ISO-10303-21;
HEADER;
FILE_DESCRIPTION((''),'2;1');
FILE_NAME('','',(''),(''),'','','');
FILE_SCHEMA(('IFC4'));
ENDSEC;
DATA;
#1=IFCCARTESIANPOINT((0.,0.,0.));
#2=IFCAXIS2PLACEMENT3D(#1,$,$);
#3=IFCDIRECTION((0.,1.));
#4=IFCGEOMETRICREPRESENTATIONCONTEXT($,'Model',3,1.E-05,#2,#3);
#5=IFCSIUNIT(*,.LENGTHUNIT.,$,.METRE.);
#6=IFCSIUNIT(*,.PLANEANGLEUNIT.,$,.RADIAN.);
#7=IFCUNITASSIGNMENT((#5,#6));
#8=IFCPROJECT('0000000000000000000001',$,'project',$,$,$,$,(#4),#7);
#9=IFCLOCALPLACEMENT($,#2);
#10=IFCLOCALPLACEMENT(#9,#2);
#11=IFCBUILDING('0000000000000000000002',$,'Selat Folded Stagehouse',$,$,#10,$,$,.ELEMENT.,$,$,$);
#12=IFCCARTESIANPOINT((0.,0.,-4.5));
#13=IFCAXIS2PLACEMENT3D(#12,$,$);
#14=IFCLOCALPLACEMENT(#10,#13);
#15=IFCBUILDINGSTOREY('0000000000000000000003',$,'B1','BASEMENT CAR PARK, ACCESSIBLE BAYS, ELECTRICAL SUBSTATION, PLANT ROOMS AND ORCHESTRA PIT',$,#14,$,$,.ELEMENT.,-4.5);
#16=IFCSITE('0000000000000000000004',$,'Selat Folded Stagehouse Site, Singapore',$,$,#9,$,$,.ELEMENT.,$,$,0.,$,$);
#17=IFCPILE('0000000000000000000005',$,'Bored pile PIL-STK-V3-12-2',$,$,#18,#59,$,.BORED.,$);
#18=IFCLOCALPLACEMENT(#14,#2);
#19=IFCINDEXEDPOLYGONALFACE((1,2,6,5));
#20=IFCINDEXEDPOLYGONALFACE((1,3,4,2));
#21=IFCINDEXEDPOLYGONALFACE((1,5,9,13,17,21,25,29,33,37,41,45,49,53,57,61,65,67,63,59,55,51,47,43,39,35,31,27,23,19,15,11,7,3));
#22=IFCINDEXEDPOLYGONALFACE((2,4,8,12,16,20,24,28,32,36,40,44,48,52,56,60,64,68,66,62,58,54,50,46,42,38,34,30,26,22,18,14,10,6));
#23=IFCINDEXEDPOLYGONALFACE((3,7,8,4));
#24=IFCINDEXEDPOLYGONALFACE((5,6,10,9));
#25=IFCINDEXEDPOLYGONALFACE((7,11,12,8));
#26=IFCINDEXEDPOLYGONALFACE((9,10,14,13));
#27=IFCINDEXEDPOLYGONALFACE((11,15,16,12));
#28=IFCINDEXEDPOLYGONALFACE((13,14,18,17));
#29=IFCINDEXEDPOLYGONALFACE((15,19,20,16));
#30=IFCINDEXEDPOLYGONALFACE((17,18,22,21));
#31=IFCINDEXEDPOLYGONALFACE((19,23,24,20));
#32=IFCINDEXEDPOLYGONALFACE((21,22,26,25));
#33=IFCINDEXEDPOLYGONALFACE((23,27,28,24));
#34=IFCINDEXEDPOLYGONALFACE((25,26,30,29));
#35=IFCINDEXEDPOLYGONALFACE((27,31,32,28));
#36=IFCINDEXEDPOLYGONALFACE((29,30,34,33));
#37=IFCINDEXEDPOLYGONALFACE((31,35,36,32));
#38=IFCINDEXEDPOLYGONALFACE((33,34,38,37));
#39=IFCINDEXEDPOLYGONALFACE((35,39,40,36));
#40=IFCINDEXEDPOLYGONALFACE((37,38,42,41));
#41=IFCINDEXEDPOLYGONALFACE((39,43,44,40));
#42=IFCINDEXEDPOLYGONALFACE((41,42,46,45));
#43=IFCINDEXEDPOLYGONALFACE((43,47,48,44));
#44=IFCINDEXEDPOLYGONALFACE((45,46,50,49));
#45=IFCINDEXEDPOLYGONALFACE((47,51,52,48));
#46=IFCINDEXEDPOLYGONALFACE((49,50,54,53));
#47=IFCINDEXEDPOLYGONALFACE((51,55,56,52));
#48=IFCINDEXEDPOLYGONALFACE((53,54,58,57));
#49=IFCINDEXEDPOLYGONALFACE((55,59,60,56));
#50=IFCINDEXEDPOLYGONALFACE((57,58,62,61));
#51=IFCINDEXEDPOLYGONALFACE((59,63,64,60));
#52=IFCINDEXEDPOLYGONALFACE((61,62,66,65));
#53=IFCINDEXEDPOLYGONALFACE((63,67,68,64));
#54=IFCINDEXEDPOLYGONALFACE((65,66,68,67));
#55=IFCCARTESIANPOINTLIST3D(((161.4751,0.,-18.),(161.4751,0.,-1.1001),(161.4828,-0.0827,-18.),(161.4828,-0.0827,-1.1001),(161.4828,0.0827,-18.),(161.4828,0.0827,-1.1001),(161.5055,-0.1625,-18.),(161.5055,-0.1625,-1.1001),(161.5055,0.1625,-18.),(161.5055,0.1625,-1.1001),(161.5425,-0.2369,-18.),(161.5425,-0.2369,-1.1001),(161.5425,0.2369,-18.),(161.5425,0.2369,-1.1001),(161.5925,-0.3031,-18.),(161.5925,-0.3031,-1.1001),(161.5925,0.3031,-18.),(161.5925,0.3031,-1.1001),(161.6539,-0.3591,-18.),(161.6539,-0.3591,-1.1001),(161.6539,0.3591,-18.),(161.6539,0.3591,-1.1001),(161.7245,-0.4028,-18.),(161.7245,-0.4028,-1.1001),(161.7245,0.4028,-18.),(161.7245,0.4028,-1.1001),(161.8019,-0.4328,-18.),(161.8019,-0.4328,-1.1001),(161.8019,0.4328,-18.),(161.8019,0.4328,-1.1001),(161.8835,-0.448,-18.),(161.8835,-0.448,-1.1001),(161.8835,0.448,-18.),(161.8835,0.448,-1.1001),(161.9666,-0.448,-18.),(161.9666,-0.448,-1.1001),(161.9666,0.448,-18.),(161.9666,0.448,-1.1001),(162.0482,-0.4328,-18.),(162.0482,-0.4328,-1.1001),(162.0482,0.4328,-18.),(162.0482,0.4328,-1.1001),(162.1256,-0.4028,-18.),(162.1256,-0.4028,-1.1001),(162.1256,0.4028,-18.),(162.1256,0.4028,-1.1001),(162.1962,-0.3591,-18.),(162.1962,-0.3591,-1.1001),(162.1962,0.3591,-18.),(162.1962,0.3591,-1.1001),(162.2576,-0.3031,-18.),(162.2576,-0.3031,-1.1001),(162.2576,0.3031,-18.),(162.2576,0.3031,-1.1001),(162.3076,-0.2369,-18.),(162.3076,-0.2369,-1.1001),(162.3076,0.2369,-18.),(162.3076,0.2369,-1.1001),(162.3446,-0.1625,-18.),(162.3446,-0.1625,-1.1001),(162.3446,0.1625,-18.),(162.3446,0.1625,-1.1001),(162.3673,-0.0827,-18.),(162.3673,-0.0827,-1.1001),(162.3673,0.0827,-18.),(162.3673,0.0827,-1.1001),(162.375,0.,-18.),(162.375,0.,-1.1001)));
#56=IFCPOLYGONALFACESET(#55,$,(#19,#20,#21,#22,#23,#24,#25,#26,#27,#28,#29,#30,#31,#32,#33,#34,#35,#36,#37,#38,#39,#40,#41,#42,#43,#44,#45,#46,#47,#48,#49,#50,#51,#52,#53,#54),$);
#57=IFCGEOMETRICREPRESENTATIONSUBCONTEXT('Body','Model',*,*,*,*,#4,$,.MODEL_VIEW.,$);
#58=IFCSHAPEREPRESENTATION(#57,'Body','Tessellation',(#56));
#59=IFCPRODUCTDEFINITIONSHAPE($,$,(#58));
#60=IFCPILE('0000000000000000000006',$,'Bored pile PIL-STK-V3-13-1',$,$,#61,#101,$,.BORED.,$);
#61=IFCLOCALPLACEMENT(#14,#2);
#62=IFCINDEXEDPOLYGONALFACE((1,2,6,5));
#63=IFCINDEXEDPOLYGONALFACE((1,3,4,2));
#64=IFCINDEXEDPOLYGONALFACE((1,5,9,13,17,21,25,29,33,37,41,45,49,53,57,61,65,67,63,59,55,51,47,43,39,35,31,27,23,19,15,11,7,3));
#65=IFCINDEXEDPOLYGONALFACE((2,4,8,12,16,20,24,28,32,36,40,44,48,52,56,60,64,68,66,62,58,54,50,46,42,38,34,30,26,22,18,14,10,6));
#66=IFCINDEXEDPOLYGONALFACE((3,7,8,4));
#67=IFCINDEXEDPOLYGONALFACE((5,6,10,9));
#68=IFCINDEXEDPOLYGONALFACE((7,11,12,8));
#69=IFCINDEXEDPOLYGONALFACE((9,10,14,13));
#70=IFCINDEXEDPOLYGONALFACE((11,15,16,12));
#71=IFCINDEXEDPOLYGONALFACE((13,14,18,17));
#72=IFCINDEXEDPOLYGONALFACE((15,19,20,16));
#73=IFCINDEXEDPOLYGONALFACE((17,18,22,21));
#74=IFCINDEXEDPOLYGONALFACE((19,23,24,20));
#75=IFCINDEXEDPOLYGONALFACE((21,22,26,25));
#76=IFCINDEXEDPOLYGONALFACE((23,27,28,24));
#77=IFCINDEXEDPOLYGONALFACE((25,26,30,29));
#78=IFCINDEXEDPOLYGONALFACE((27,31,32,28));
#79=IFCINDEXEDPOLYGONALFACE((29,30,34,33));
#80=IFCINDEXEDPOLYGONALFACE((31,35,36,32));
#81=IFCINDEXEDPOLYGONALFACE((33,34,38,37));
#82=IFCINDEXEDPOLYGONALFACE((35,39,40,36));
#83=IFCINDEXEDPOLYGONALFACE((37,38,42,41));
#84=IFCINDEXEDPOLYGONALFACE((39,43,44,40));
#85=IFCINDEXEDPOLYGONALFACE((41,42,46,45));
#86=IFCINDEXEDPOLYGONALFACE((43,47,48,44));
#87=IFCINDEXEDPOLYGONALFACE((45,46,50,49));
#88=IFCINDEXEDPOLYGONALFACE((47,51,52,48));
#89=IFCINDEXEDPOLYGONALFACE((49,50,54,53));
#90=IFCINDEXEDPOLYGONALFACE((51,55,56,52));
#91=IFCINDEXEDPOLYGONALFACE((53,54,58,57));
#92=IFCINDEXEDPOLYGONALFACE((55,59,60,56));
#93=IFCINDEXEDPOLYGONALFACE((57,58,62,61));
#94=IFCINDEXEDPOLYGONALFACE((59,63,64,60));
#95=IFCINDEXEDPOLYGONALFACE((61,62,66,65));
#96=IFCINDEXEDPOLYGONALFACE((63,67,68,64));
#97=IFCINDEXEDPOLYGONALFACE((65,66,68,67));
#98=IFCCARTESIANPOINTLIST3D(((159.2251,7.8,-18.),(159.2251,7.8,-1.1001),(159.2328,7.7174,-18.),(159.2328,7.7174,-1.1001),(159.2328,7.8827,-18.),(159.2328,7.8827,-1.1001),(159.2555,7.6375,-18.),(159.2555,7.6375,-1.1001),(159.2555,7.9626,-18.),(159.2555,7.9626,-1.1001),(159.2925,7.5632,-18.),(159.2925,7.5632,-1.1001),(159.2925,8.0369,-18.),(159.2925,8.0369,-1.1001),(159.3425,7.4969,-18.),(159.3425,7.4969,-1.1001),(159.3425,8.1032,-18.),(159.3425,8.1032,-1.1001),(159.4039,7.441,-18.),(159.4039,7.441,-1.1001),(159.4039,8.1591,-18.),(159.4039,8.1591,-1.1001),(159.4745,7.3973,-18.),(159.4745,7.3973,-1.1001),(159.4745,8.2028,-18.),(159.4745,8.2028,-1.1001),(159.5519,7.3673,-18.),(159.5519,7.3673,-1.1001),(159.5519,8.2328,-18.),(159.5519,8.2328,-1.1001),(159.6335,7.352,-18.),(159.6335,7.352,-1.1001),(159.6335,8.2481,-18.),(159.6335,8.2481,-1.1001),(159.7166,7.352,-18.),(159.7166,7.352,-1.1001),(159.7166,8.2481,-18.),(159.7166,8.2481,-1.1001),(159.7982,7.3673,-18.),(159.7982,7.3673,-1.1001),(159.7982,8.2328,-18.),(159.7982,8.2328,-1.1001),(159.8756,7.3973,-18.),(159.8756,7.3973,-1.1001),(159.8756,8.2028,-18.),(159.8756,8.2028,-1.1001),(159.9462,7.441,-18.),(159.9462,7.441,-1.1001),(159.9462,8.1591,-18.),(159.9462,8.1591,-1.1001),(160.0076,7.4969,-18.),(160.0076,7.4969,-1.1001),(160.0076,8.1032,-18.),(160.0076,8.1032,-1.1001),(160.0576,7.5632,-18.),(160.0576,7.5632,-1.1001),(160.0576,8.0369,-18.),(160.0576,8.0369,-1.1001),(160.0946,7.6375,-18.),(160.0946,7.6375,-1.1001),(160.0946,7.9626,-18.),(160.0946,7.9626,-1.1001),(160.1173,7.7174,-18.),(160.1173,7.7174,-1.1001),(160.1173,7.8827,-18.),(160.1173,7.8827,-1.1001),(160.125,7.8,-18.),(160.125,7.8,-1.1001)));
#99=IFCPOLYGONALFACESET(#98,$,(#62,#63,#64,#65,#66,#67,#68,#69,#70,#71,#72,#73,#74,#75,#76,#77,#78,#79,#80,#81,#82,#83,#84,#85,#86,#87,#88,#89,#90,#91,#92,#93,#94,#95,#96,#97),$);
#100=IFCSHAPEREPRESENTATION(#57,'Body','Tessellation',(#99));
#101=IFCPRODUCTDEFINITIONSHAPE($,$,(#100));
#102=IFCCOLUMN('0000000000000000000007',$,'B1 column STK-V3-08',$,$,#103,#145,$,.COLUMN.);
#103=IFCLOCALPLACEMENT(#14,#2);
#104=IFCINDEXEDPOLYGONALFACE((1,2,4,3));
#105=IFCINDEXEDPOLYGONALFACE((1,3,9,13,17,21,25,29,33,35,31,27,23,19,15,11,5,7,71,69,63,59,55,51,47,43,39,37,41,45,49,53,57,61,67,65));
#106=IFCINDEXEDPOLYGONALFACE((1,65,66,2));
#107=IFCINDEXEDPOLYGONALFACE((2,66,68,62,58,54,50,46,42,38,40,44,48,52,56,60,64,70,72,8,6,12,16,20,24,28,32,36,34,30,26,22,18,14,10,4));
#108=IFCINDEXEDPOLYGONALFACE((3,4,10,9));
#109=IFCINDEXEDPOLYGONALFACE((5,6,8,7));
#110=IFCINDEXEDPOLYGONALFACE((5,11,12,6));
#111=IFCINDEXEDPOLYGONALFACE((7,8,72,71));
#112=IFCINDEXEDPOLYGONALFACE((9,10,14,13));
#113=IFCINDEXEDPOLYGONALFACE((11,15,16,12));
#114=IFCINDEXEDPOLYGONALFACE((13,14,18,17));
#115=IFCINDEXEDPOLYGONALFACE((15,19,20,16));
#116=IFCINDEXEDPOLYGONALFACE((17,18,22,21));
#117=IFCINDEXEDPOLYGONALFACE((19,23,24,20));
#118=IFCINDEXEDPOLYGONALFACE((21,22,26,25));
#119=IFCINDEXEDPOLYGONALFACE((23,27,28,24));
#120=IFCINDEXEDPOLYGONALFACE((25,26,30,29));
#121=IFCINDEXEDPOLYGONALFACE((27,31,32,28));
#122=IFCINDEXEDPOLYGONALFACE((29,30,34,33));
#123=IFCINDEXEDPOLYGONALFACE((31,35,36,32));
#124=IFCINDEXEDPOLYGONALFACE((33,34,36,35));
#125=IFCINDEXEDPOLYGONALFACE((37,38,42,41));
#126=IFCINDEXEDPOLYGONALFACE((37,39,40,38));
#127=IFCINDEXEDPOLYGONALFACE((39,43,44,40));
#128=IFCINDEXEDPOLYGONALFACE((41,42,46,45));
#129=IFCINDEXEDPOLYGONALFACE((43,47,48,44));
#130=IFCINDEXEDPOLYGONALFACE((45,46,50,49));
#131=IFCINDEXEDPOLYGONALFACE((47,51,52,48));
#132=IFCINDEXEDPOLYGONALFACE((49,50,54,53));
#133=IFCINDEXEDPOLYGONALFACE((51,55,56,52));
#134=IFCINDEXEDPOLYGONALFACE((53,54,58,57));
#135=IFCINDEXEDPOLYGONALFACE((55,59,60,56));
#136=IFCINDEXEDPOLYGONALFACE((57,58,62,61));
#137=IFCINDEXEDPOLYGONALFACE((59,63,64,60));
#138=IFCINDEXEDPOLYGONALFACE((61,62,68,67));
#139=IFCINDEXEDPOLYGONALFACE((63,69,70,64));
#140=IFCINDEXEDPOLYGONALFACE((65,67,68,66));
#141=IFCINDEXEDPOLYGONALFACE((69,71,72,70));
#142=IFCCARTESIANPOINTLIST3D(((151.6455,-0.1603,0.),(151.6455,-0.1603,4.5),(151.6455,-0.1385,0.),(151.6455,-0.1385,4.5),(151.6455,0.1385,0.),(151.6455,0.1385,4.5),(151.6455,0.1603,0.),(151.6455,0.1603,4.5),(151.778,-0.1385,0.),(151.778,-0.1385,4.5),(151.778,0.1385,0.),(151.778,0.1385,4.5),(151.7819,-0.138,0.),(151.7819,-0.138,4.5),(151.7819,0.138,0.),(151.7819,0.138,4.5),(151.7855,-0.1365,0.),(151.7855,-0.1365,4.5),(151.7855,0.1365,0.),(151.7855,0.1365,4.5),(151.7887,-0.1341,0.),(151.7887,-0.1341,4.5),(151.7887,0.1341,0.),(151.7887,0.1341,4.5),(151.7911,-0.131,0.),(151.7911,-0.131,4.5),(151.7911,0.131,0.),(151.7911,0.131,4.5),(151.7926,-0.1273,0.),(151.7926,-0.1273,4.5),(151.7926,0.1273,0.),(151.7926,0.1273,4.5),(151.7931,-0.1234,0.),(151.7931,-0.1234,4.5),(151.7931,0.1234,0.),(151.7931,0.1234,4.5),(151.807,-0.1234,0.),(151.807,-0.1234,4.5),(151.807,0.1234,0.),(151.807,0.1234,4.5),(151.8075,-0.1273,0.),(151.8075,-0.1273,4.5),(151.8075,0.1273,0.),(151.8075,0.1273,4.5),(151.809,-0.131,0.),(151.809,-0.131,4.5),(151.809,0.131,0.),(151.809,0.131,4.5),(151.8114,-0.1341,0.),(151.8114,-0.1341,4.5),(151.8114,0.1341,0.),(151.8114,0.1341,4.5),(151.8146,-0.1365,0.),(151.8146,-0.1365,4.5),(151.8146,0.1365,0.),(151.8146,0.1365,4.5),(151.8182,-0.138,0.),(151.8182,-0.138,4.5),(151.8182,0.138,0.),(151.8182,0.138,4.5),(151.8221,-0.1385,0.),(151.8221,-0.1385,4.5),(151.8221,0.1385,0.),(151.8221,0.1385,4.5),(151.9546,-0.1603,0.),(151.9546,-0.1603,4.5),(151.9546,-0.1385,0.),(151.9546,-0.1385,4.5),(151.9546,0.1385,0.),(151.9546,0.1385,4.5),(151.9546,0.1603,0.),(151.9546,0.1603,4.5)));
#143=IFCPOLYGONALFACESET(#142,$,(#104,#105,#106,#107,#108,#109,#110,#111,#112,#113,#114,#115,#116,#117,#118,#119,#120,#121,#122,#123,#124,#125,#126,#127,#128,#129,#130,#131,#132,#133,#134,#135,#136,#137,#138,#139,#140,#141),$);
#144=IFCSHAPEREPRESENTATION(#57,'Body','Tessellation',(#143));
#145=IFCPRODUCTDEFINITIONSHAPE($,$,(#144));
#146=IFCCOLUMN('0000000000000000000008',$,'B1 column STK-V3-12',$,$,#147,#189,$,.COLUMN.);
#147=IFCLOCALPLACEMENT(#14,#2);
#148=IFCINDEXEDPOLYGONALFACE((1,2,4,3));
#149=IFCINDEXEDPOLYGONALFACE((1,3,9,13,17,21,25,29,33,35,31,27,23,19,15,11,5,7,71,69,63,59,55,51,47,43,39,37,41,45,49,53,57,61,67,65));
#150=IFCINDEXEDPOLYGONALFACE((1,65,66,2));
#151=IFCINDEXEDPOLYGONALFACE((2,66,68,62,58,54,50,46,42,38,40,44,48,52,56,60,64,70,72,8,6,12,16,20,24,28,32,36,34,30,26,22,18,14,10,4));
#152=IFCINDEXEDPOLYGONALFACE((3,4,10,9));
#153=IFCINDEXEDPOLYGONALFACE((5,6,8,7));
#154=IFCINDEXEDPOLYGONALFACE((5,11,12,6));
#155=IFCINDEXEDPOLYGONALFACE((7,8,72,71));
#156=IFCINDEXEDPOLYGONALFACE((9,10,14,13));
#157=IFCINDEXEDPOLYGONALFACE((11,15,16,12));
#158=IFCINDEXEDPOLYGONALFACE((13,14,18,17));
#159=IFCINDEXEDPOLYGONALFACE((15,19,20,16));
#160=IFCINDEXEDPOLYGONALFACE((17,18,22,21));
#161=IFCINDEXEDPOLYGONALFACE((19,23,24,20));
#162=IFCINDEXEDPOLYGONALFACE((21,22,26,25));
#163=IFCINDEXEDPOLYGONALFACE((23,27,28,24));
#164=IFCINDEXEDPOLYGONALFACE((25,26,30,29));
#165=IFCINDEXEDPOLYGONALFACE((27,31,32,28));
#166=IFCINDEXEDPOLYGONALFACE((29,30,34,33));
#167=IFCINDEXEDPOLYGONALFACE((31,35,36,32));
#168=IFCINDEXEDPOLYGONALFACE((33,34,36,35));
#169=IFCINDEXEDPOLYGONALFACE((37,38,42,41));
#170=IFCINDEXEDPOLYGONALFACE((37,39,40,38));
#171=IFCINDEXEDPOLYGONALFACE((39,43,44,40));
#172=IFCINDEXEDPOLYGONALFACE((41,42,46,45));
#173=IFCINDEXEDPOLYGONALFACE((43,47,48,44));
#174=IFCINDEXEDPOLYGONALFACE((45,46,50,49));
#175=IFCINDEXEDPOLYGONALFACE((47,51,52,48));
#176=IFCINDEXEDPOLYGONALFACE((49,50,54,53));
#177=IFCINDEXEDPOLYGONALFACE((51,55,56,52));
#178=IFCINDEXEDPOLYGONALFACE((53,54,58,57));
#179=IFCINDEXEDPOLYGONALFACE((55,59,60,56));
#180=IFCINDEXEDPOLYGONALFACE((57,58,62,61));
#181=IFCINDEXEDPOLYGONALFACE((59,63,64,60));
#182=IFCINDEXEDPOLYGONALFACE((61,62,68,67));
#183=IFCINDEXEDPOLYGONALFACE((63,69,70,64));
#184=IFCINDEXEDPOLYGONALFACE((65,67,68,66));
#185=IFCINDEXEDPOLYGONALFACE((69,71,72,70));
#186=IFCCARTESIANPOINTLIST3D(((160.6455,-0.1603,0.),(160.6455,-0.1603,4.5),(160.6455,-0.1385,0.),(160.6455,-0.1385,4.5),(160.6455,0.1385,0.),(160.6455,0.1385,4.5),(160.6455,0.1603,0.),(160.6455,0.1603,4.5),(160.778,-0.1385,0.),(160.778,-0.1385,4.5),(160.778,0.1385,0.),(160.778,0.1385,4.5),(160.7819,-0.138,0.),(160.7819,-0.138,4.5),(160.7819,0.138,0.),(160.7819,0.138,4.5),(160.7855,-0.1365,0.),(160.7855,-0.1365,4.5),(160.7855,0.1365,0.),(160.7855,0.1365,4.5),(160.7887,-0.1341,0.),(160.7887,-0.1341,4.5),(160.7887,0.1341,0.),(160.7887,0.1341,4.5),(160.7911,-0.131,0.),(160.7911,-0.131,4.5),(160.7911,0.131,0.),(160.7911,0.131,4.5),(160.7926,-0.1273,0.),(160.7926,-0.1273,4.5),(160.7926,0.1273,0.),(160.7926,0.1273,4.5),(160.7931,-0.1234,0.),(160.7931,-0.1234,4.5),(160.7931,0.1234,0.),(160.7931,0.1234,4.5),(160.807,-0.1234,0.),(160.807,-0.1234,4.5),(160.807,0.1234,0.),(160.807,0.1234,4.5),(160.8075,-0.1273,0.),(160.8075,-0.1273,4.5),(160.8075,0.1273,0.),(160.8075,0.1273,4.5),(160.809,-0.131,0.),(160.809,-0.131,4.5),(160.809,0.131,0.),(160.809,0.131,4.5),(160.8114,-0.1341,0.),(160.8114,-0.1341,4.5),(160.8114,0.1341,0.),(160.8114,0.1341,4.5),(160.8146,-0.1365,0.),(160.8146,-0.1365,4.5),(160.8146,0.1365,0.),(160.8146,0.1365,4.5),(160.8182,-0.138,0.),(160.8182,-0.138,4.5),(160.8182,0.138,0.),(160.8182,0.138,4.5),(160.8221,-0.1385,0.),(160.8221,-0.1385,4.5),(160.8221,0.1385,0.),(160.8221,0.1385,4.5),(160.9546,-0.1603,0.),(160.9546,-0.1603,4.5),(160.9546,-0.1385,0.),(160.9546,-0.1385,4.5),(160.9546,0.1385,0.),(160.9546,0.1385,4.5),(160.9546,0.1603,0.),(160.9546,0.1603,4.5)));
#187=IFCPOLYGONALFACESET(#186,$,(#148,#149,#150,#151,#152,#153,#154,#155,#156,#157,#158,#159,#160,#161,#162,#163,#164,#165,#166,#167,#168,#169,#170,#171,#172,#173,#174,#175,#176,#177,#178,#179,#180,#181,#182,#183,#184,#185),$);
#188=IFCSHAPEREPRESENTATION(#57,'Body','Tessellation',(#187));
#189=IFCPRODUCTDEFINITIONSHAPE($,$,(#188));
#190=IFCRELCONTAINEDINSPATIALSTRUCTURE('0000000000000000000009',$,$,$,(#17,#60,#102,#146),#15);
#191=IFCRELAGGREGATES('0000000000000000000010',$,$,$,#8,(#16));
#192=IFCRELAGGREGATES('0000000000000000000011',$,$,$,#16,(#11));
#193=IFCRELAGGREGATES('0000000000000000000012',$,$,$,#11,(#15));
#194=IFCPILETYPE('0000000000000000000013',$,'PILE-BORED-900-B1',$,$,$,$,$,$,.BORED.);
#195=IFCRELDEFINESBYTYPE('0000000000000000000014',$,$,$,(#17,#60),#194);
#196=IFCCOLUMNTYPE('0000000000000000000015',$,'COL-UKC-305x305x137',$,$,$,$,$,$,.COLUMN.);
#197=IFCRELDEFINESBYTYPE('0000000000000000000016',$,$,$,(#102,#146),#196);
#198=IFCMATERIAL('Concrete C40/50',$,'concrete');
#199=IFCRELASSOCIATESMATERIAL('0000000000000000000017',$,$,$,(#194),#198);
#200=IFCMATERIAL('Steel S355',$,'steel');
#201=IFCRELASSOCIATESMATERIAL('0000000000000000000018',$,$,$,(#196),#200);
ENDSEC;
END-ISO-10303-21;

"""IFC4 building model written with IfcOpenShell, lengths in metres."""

from ifc_helpers import new_model, si_unit, direction, frame, origin, origin_2d, place, context, subcontext, project, spatial, circle, i_section, extrude, material, material_profile, profile_set, type_object, element, save


model = new_model("IFC4")

# Units and contexts
model_context = context("Model", 3, precision=1e-05, world=origin(), true_north=direction((0.0, 1.0)))
body_context = subcontext(model_context, "Body", "Model", "MODEL_VIEW")
ifc_project = project(units=[si_unit("LENGTHUNIT", "METRE"), si_unit("PLANEANGLEUNIT", "RADIAN")], contexts=[model_context])

# Site, building, storey
site_placement = place(None, origin())
site = spatial("IfcSite", under=ifc_project, at=site_placement, Name="Selat Folded Stagehouse Site, Singapore", CompositionType="ELEMENT", RefElevation=0.0)
building_placement = place(site_placement, origin())
building = spatial("IfcBuilding", under=site, at=building_placement, Name="Selat Folded Stagehouse", CompositionType="ELEMENT")
storey_placement = place(building_placement, frame((0.0, 0.0, -4.5)))
storey = spatial("IfcBuildingStorey", under=building, at=storey_placement, Name="B1", Description="BASEMENT CAR PARK, ACCESSIBLE BAYS, ELECTRICAL SUBSTATION, PLANT ROOMS AND ORCHESTRA PIT", CompositionType="ELEMENT", Elevation=-4.5)

# Shared definitions
ifc_material_1 = material(Name="Concrete C40/50", Category="concrete")

# Piles
ifc_material_profile_1 = material_profile(ifc_material_1, circle(Radius=0.45, at=origin_2d()), Name="PILE D900")
ifc_profile_set_1 = profile_set([ifc_material_profile_1], Name="Concrete C40/50")
pile_type = type_object("IfcPileType", Name="PILE-BORED-900-B1", PredefinedType="BORED", material=ifc_profile_set_1)
for number, where, z_axis, x_axis, name in (
    (1, (161.925, 0.0, -1.1001), (0.0, 0.0, -1.0), (1.0, 0.0, 0.0), "Bored pile PIL-STK-V3-12-2"),
    (2, (159.675, 7.8, -1.1001), (0.0, 0.0, -1.0), (1.0, 0.0, 0.0), "Bored pile PIL-STK-V3-13-1"),
):
    element("IfcPile", number, at=place(storey_placement, frame(where, z_axis=z_axis, x_axis=x_axis)), inside=storey, type_object=pile_type, Name=name, PredefinedType="BORED", context=body_context, shape_type="SweptSolid", body=[
        extrude(circle(Radius=0.45, at=origin_2d()), origin(), (0.0, 0.0, 1.0), 16.8999),
    ])

# Columns
ifc_material_2 = material(Name="Steel S355", Category="steel")
ifc_material_profile_2 = material_profile(ifc_material_2, i_section(OverallWidth=0.3091, OverallDepth=0.3206, WebThickness=0.0139, FlangeThickness=0.0217, FilletRadius=0.0151, at=origin_2d()), Name="UKC 305x305x137")
ifc_profile_set_2 = profile_set([ifc_material_profile_2], Name="Steel S355")
column_type = type_object("IfcColumnType", Name="COL-UKC-305x305x137", PredefinedType="COLUMN", material=ifc_profile_set_2)
for number, where, z_axis, x_axis, name in (
    (3, (151.8, 0.0, 0.0), (0.0, 0.0, 1.0), (1.0, 0.0, 0.0), "B1 column STK-V3-08"),
    (4, (160.8, 0.0, 0.0), (0.0, 0.0, 1.0), (1.0, 0.0, 0.0), "B1 column STK-V3-12"),
):
    element("IfcColumn", number, at=place(storey_placement, frame(where, z_axis=z_axis, x_axis=x_axis)), inside=storey, type_object=column_type, Name=name, PredefinedType="COLUMN", context=body_context, shape_type="SweptSolid", body=[
        extrude(i_section(OverallWidth=0.3091, OverallDepth=0.3206, WebThickness=0.0139, FlangeThickness=0.0217, FilletRadius=0.0151, at=origin_2d()), origin(), (0.0, 0.0, 1.0), 4.5),
    ])

save(model, "model.ifc")
